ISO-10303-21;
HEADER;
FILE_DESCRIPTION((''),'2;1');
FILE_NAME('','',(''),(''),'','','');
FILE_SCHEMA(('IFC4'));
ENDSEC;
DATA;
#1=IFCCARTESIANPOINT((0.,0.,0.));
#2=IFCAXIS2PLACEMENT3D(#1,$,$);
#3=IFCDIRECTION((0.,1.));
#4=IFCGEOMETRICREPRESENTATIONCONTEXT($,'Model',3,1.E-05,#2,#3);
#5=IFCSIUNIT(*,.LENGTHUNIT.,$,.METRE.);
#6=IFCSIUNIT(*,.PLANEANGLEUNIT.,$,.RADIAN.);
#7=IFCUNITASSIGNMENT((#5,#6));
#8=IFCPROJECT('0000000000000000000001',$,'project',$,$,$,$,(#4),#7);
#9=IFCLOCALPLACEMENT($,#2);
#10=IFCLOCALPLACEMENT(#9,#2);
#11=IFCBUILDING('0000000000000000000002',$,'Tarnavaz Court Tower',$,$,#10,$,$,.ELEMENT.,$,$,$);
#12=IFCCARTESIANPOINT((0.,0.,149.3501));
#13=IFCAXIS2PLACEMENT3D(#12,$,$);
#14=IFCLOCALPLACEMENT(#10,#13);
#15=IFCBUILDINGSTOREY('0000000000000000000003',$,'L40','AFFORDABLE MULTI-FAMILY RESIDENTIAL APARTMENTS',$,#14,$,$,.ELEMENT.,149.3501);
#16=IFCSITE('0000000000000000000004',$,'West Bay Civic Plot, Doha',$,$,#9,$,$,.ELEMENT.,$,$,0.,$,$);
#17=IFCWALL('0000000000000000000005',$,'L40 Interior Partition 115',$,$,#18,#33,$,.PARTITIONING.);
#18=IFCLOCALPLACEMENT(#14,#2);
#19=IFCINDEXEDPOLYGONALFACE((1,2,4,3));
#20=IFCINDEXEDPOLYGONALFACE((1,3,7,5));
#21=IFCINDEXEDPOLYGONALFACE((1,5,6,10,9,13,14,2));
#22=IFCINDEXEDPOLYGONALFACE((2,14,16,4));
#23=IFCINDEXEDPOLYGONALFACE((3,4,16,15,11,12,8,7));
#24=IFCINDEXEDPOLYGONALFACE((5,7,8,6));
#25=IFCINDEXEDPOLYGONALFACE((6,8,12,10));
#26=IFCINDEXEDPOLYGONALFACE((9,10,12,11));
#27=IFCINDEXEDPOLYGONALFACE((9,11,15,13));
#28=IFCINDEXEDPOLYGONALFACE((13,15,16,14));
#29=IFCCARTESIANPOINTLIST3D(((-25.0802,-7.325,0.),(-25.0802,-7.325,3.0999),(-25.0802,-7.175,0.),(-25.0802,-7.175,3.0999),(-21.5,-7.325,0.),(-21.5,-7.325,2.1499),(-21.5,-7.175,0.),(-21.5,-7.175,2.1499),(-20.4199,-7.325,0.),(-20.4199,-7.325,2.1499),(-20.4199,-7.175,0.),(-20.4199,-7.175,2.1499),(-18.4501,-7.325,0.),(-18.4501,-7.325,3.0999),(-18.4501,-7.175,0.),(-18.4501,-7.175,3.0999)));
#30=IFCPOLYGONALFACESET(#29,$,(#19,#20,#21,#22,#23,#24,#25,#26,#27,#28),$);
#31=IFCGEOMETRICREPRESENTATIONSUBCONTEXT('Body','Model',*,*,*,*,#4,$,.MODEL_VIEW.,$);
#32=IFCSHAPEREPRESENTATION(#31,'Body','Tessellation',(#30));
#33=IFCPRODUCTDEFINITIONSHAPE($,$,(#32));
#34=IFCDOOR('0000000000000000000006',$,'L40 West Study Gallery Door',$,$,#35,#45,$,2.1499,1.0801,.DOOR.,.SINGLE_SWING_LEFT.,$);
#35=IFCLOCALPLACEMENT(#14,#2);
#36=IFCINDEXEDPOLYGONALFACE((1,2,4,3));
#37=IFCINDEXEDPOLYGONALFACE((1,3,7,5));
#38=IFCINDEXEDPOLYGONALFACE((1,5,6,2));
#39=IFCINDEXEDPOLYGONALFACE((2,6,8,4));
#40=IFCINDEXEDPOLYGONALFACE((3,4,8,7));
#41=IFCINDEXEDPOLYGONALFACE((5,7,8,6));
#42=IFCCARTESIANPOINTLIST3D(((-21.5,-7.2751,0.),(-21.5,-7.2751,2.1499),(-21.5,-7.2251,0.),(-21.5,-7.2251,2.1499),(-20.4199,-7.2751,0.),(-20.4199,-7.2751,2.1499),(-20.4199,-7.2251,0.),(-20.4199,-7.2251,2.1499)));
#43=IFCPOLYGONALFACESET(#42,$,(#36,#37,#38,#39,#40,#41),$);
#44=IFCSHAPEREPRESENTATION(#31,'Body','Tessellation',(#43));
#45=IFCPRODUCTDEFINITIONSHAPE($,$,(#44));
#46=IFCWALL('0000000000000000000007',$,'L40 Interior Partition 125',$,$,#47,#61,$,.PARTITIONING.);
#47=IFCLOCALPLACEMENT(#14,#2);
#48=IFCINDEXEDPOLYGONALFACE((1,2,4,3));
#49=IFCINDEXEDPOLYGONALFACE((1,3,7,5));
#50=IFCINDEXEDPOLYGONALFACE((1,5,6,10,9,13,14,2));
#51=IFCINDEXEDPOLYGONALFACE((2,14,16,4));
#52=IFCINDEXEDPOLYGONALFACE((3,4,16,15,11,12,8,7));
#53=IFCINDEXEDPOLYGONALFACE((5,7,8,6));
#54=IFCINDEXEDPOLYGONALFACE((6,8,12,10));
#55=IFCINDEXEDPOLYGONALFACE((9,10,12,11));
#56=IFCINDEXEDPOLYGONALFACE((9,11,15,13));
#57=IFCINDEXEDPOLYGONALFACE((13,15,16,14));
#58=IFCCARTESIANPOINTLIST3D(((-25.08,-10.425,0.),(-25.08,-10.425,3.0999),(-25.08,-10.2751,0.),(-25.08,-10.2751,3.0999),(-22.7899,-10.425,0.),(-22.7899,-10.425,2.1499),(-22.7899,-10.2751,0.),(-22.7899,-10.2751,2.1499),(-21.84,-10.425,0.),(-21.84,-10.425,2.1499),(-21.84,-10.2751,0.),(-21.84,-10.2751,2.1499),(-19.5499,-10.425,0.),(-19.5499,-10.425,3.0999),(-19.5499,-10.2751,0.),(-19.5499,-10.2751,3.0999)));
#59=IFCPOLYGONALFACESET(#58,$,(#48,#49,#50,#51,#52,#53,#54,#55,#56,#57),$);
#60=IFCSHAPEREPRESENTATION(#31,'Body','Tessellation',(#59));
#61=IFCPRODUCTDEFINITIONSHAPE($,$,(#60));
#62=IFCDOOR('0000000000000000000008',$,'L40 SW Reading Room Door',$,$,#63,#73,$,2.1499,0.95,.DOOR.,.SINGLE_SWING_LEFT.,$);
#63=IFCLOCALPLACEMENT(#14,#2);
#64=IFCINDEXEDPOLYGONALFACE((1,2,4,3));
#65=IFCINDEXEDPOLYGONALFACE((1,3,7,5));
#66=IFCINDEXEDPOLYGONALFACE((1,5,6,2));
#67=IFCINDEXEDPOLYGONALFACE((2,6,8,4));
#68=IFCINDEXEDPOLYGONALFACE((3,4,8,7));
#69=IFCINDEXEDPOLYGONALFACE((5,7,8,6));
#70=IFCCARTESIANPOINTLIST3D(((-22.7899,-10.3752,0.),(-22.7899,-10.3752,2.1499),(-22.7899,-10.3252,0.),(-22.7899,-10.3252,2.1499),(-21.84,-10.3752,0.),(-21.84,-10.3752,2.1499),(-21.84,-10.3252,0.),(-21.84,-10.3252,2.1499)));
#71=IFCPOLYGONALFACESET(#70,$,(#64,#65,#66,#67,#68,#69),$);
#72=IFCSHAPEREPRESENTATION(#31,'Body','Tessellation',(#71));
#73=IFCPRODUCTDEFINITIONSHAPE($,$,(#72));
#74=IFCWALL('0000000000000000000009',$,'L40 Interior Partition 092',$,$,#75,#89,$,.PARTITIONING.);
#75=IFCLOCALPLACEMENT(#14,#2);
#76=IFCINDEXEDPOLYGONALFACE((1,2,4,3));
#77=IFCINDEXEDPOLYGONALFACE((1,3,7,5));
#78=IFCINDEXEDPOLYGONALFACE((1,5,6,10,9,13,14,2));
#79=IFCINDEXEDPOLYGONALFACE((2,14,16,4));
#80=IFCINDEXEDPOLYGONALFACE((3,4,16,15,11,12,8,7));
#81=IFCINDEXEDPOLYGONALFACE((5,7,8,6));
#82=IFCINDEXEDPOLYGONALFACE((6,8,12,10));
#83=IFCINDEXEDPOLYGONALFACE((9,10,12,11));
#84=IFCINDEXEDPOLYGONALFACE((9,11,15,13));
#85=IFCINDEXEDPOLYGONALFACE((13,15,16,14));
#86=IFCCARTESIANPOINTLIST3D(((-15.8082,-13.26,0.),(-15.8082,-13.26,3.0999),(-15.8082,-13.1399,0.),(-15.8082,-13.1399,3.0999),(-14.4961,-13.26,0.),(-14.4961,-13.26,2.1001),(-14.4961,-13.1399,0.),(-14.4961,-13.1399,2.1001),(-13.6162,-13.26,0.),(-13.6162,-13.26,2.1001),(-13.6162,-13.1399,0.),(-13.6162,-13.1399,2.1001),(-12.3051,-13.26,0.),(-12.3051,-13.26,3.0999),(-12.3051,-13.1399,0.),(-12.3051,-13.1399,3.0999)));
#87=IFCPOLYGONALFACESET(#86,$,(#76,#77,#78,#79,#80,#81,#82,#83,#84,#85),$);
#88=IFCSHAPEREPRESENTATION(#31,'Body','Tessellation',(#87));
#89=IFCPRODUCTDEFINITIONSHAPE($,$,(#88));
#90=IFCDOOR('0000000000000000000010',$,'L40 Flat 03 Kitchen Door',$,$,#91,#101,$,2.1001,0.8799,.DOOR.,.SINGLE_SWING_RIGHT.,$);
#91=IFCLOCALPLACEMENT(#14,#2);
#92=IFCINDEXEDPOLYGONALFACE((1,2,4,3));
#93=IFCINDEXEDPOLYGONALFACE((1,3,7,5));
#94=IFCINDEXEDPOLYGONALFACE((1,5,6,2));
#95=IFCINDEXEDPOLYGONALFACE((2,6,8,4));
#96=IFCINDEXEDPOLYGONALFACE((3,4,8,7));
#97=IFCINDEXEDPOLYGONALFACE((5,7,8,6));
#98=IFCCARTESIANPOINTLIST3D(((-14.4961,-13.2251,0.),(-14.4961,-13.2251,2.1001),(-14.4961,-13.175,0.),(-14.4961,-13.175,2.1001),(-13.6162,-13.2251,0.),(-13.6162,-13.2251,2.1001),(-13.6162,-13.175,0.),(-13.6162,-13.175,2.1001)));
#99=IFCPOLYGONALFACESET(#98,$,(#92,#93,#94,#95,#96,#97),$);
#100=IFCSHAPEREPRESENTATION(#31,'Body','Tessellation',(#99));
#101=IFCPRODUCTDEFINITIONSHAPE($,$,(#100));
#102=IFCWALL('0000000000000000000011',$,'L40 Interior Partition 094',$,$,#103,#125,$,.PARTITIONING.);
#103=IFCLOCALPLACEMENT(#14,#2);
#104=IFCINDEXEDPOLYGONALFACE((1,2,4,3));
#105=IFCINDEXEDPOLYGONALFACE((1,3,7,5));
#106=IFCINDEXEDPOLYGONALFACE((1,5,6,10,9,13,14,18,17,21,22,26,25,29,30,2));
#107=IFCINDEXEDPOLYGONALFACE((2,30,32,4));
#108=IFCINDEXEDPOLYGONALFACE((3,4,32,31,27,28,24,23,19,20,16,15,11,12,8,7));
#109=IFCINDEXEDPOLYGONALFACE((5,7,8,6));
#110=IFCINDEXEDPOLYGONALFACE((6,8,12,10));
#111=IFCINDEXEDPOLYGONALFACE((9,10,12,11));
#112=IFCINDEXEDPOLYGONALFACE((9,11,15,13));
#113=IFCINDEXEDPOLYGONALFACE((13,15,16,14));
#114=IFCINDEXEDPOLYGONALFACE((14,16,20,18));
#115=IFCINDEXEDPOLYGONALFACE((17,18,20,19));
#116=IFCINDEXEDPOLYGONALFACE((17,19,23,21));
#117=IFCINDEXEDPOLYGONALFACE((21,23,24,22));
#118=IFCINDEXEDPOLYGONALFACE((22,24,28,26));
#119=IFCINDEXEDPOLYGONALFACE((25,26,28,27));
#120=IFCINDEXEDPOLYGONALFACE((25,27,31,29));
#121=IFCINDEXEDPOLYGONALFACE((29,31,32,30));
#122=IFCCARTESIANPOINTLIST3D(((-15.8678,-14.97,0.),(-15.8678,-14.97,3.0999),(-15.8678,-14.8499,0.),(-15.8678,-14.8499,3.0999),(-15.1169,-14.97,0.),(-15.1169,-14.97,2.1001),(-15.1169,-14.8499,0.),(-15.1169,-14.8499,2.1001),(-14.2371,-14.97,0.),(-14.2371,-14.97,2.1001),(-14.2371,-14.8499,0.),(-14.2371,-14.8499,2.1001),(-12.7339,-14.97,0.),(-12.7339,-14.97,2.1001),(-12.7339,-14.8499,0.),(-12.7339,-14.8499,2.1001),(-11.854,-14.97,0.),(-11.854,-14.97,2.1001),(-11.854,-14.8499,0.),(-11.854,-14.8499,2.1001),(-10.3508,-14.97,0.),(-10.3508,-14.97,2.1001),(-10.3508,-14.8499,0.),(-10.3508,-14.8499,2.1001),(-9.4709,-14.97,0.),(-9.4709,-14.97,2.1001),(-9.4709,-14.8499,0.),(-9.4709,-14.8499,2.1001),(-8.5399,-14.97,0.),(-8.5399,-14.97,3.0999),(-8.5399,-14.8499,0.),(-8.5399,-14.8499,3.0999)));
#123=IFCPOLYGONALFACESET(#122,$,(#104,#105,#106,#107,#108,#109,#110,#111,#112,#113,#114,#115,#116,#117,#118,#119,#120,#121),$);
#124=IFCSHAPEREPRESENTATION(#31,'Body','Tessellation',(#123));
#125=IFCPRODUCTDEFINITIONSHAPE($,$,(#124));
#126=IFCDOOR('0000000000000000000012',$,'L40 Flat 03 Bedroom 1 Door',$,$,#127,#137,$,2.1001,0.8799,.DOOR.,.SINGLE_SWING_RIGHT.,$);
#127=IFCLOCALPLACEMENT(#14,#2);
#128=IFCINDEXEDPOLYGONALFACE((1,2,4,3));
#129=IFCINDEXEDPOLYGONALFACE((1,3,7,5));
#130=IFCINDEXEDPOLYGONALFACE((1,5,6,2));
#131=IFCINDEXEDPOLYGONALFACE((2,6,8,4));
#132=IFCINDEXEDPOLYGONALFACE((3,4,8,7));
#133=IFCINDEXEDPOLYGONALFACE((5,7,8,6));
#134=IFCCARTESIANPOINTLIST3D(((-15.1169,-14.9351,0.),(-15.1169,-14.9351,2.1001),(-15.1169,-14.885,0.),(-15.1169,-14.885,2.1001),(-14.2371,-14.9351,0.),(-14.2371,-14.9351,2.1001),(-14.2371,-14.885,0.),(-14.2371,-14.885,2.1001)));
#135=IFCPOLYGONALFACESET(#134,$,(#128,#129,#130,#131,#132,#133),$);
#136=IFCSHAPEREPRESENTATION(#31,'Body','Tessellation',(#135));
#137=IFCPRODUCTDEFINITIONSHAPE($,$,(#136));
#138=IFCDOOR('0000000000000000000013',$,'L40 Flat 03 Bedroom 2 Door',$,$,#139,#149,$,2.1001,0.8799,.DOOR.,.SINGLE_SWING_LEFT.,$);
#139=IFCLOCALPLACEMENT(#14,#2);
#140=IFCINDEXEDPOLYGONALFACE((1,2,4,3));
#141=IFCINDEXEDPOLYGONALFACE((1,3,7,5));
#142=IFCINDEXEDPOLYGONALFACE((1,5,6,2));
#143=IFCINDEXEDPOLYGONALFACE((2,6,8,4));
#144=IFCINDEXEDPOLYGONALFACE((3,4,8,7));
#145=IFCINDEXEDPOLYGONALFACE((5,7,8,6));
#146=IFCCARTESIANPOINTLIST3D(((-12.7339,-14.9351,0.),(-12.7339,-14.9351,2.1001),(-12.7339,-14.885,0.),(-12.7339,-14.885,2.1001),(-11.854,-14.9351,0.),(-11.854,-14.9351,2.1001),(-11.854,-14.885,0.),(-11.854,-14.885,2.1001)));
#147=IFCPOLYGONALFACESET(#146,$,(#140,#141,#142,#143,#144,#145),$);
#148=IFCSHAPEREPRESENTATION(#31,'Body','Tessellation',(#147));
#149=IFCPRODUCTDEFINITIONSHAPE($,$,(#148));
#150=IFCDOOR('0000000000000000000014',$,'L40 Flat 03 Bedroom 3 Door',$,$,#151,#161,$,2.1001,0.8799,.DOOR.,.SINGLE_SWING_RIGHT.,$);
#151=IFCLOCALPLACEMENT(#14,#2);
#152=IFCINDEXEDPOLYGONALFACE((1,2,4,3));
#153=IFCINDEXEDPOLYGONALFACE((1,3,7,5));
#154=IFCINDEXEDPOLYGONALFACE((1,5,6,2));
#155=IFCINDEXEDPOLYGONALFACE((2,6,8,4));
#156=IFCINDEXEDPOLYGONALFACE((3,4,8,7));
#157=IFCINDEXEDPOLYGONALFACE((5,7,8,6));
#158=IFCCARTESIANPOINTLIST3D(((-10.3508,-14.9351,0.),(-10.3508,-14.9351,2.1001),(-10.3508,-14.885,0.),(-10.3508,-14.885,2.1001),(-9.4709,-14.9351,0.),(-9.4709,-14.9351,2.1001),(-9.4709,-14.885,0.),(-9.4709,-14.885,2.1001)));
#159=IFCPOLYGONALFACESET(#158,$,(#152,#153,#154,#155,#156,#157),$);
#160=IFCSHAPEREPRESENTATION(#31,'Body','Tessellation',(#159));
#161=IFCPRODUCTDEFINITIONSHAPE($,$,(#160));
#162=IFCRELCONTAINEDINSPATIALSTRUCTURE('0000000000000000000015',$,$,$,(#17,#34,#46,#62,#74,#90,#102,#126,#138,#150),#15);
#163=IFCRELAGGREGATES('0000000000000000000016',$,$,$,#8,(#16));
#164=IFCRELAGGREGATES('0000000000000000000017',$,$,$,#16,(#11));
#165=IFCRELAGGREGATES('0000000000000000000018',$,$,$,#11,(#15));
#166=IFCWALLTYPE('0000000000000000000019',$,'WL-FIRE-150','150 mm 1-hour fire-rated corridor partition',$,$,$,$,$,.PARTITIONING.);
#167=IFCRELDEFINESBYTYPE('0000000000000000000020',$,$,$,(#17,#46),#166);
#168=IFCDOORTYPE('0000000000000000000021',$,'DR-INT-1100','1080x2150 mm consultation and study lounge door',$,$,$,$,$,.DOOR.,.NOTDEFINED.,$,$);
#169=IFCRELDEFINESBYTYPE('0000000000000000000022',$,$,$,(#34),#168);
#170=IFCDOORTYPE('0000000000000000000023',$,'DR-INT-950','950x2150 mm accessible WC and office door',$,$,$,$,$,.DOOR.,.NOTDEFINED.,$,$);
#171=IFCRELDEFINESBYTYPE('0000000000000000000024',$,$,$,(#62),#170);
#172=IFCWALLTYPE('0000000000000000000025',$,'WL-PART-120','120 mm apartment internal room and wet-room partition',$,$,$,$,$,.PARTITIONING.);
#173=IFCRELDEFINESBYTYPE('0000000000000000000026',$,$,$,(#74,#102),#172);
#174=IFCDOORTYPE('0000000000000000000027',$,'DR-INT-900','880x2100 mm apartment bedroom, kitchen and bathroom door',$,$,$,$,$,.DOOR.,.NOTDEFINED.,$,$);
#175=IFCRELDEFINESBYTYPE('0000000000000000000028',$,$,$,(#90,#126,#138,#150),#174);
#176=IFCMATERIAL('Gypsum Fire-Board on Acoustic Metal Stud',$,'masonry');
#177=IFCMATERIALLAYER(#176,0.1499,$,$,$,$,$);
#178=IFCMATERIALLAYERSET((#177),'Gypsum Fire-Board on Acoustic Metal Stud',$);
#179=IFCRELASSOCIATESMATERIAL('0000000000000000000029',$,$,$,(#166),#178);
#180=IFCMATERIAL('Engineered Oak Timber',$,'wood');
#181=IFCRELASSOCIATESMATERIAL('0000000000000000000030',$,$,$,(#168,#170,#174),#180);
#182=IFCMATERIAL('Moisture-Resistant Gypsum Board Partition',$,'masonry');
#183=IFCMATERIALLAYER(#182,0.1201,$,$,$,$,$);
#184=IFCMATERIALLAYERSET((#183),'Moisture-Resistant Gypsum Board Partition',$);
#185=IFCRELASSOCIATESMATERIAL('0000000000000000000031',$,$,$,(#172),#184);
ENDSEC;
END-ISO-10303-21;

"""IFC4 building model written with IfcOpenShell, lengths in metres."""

from ifc_helpers import new_model, si_unit, direction, frame, frame_2d, origin, place, context, subcontext, project, spatial, rectangle, extrude, material, layer, layer_set, type_object, element, fill, save


model = new_model("IFC4")

# Units and contexts
model_context = context("Model", 3, precision=1e-05, world=origin(), true_north=direction((0.0, 1.0)))
body_context = subcontext(model_context, "Body", "Model", "MODEL_VIEW")
ifc_project = project(units=[si_unit("LENGTHUNIT", "METRE"), si_unit("PLANEANGLEUNIT", "RADIAN")], contexts=[model_context])

# Site, building, storey
site_placement = place(None, origin())
site = spatial("IfcSite", under=ifc_project, at=site_placement, Name="West Bay Civic Plot, Doha", CompositionType="ELEMENT", RefElevation=0.0)
building_placement = place(site_placement, origin())
building = spatial("IfcBuilding", under=site, at=building_placement, Name="Tarnavaz Court Tower", CompositionType="ELEMENT")
storey_placement = place(building_placement, frame((0.0, 0.0, 149.3501)))
storey = spatial("IfcBuildingStorey", under=building, at=storey_placement, Name="L40", Description="AFFORDABLE MULTI-FAMILY RESIDENTIAL APARTMENTS", CompositionType="ELEMENT", Elevation=149.3501)

# Walls, openings, doors
ifc_material_1 = material(Name="Gypsum Fire-Board on Acoustic Metal Stud", Category="masonry")
ifc_layer_1 = layer(ifc_material_1, 0.1499)
ifc_layer_set_1 = layer_set([ifc_layer_1], Name="Gypsum Fire-Board on Acoustic Metal Stud")
wall_type_1 = type_object("IfcWallType", Name="WL-FIRE-150", Description="150 mm 1-hour fire-rated corridor partition", PredefinedType="PARTITIONING", material=ifc_layer_set_1)
wall_1_placement = place(storey_placement, frame((-25.0801, -7.25, 0.0), z_axis=(0.0, 0.0, 1.0), x_axis=(1.0, 0.0, 0.0)))
wall_1 = element("IfcWall", 1, at=wall_1_placement, inside=storey, type_object=wall_type_1, Name="L40 Interior Partition 115", PredefinedType="PARTITIONING", context=body_context, shape_type="SweptSolid", body=[
    extrude(rectangle(XDim=6.6301, YDim=0.1499, at=frame_2d((3.3149, 0.0))), origin(), (0.0, 0.0, 1.0), 3.0999),
])
opening_1_placement = place(wall_1_placement, frame((3.5801, 0.0, 0.0)))
opening_1 = element("IfcOpeningElement", 2, at=opening_1_placement, cuts=wall_1, PredefinedType="OPENING", context=body_context, shape_type="SweptSolid", body=[
    extrude(rectangle(XDim=1.0801, YDim=2.1499, at=frame_2d((0.54, 1.075))), frame((0.0, 0.085, 0.0), z_axis=(0.0, -1.0, 0.0), x_axis=(1.0, 0.0, 0.0)), (0.0, 0.0, 1.0), 0.1699),
])
ifc_material_2 = material(Name="Engineered Oak Timber", Category="wood")
door_type_1 = type_object("IfcDoorType", Name="DR-INT-1100", Description="1080x2150 mm consultation and study lounge door", OperationType="NOTDEFINED", PredefinedType="DOOR", material=ifc_material_2)
door_1_placement = place(opening_1_placement, origin())
door_1 = element("IfcDoor", 3, at=door_1_placement, inside=storey, type_object=door_type_1, Name="L40 West Study Gallery Door", OperationType="SINGLE_SWING_LEFT", OverallHeight=2.1499, OverallWidth=1.0801, PredefinedType="DOOR", context=body_context, shape_type="SweptSolid", body=[
    extrude(rectangle(XDim=1.0801, YDim=2.1499, at=frame_2d((0.54, 1.075))), frame((0.0, 0.0249, 0.0), z_axis=(0.0, -1.0, 0.0), x_axis=(1.0, 0.0, 0.0)), (0.0, 0.0, 1.0), 0.05),
])
fill(opening_1, door_1)
wall_2_placement = place(storey_placement, frame((-25.0801, -10.3501, 0.0), z_axis=(0.0, 0.0, 1.0), x_axis=(1.0, 0.0, 0.0)))
wall_2 = element("IfcWall", 4, at=wall_2_placement, inside=storey, type_object=wall_type_1, Name="L40 Interior Partition 125", PredefinedType="PARTITIONING", context=body_context, shape_type="SweptSolid", body=[
    extrude(rectangle(XDim=5.53, YDim=0.1499, at=frame_2d((2.7651, 0.0))), origin(), (0.0, 0.0, 1.0), 3.0999),
])
opening_2_placement = place(wall_2_placement, frame((2.29, 0.0, 0.0)))
opening_2 = element("IfcOpeningElement", 5, at=opening_2_placement, cuts=wall_2, PredefinedType="OPENING", context=body_context, shape_type="SweptSolid", body=[
    extrude(rectangle(XDim=0.95, YDim=2.1499, at=frame_2d((0.4751, 1.075))), frame((0.0, 0.085, 0.0), z_axis=(0.0, -1.0, 0.0), x_axis=(1.0, 0.0, 0.0)), (0.0, 0.0, 1.0), 0.1699),
])
door_type_2 = type_object("IfcDoorType", Name="DR-INT-950", Description="950x2150 mm accessible WC and office door", OperationType="NOTDEFINED", PredefinedType="DOOR", material=ifc_material_2)
door_2_placement = place(opening_2_placement, origin())
door_2 = element("IfcDoor", 6, at=door_2_placement, inside=storey, type_object=door_type_2, Name="L40 SW Reading Room Door", OperationType="SINGLE_SWING_LEFT", OverallHeight=2.1499, OverallWidth=0.95, PredefinedType="DOOR", context=body_context, shape_type="SweptSolid", body=[
    extrude(rectangle(XDim=0.95, YDim=2.1499, at=frame_2d((0.4751, 1.075))), frame((0.0, 0.0249, 0.0), z_axis=(0.0, -1.0, 0.0), x_axis=(1.0, 0.0, 0.0)), (0.0, 0.0, 1.0), 0.05),
])
fill(opening_2, door_2)
ifc_material_3 = material(Name="Moisture-Resistant Gypsum Board Partition", Category="masonry")
ifc_layer_2 = layer(ifc_material_3, 0.1201)
ifc_layer_set_2 = layer_set([ifc_layer_2], Name="Moisture-Resistant Gypsum Board Partition")
wall_type_2 = type_object("IfcWallType", Name="WL-PART-120", Description="120 mm apartment internal room and wet-room partition", PredefinedType="PARTITIONING", material=ifc_layer_set_2)
wall_3_placement = place(storey_placement, frame((-15.8081, -13.2, 0.0), z_axis=(0.0, 0.0, 1.0), x_axis=(1.0, 0.0, 0.0)))
wall_3 = element("IfcWall", 7, at=wall_3_placement, inside=storey, type_object=wall_type_2, Name="L40 Interior Partition 092", PredefinedType="PARTITIONING", context=body_context, shape_type="SweptSolid", body=[
    extrude(rectangle(XDim=3.5032, YDim=0.1201, at=frame_2d((1.7515, 0.0))), origin(), (0.0, 0.0, 1.0), 3.0999),
])
opening_3_placement = place(wall_3_placement, frame((1.312, 0.0, 0.0)))
opening_3 = element("IfcOpeningElement", 8, at=opening_3_placement, cuts=wall_3, PredefinedType="OPENING", context=body_context, shape_type="SweptSolid", body=[
    extrude(rectangle(XDim=0.8799, YDim=2.1001, at=frame_2d((0.4399, 1.05))), frame((0.0, 0.0701, 0.0), z_axis=(0.0, -1.0, 0.0), x_axis=(1.0, 0.0, 0.0)), (0.0, 0.0, 1.0), 0.1401),
])
door_type_3 = type_object("IfcDoorType", Name="DR-INT-900", Description="880x2100 mm apartment bedroom, kitchen and bathroom door", OperationType="NOTDEFINED", PredefinedType="DOOR", material=ifc_material_2)
door_3_placement = place(opening_3_placement, origin())
door_3 = element("IfcDoor", 9, at=door_3_placement, inside=storey, type_object=door_type_3, Name="L40 Flat 03 Kitchen Door", OperationType="SINGLE_SWING_RIGHT", OverallHeight=2.1001, OverallWidth=0.8799, PredefinedType="DOOR", context=body_context, shape_type="SweptSolid", body=[
    extrude(rectangle(XDim=0.8799, YDim=2.1001, at=frame_2d((0.4399, 1.05))), frame((0.0, 0.0249, 0.0), z_axis=(0.0, -1.0, 0.0), x_axis=(1.0, 0.0, 0.0)), (0.0, 0.0, 1.0), 0.05),
])
fill(opening_3, door_3)

# Wall, openings, doors
wall_4_placement = place(storey_placement, frame((-15.8679, -14.9099, 0.0), z_axis=(0.0, 0.0, 1.0), x_axis=(1.0, 0.0, 0.0)))
wall_4 = element("IfcWall", 10, at=wall_4_placement, inside=storey, type_object=wall_type_2, Name="L40 Interior Partition 094", PredefinedType="PARTITIONING", context=body_context, shape_type="SweptSolid", body=[
    extrude(rectangle(XDim=7.3279, YDim=0.1201, at=frame_2d((3.6641, 0.0))), origin(), (0.0, 0.0, 1.0), 3.0999),
])
opening_4_placement = place(wall_4_placement, frame((0.751, 0.0, 0.0)))
opening_4 = element("IfcOpeningElement", 11, at=opening_4_placement, cuts=wall_4, PredefinedType="OPENING", context=body_context, shape_type="SweptSolid", body=[
    extrude(rectangle(XDim=0.8799, YDim=2.1001, at=frame_2d((0.4399, 1.05))), frame((0.0, 0.0701, 0.0), z_axis=(0.0, -1.0, 0.0), x_axis=(1.0, 0.0, 0.0)), (0.0, 0.0, 1.0), 0.1401),
])
opening_5_placement = place(wall_4_placement, frame((3.134, 0.0, 0.0)))
opening_5 = element("IfcOpeningElement", 12, at=opening_5_placement, cuts=wall_4, PredefinedType="OPENING", context=body_context, shape_type="SweptSolid", body=[
    extrude(rectangle(XDim=0.8799, YDim=2.1001, at=frame_2d((0.4399, 1.05))), frame((0.0, 0.0701, 0.0), z_axis=(0.0, -1.0, 0.0), x_axis=(1.0, 0.0, 0.0)), (0.0, 0.0, 1.0), 0.1401),
])
opening_6_placement = place(wall_4_placement, frame((5.5171, 0.0, 0.0)))
opening_6 = element("IfcOpeningElement", 13, at=opening_6_placement, cuts=wall_4, PredefinedType="OPENING", context=body_context, shape_type="SweptSolid", body=[
    extrude(rectangle(XDim=0.8799, YDim=2.1001, at=frame_2d((0.4399, 1.05))), frame((0.0, 0.0701, 0.0), z_axis=(0.0, -1.0, 0.0), x_axis=(1.0, 0.0, 0.0)), (0.0, 0.0, 1.0), 0.1401),
])
door_4_placement = place(opening_4_placement, origin())
door_4 = element("IfcDoor", 14, at=door_4_placement, inside=storey, type_object=door_type_3, Name="L40 Flat 03 Bedroom 1 Door", OperationType="SINGLE_SWING_RIGHT", OverallHeight=2.1001, OverallWidth=0.8799, PredefinedType="DOOR", context=body_context, shape_type="SweptSolid", body=[
    extrude(rectangle(XDim=0.8799, YDim=2.1001, at=frame_2d((0.4399, 1.05))), frame((0.0, 0.0249, 0.0), z_axis=(0.0, -1.0, 0.0), x_axis=(1.0, 0.0, 0.0)), (0.0, 0.0, 1.0), 0.05),
])
fill(opening_4, door_4)
door_5_placement = place(opening_5_placement, origin())
door_5 = element("IfcDoor", 15, at=door_5_placement, inside=storey, type_object=door_type_3, Name="L40 Flat 03 Bedroom 2 Door", OperationType="SINGLE_SWING_LEFT", OverallHeight=2.1001, OverallWidth=0.8799, PredefinedType="DOOR", context=body_context, shape_type="SweptSolid", body=[
    extrude(rectangle(XDim=0.8799, YDim=2.1001, at=frame_2d((0.4399, 1.05))), frame((0.0, 0.0249, 0.0), z_axis=(0.0, -1.0, 0.0), x_axis=(1.0, 0.0, 0.0)), (0.0, 0.0, 1.0), 0.05),
])
fill(opening_5, door_5)
door_6_placement = place(opening_6_placement, origin())
door_6 = element("IfcDoor", 16, at=door_6_placement, inside=storey, type_object=door_type_3, Name="L40 Flat 03 Bedroom 3 Door", OperationType="SINGLE_SWING_RIGHT", OverallHeight=2.1001, OverallWidth=0.8799, PredefinedType="DOOR", context=body_context, shape_type="SweptSolid", body=[
    extrude(rectangle(XDim=0.8799, YDim=2.1001, at=frame_2d((0.4399, 1.05))), frame((0.0, 0.0249, 0.0), z_axis=(0.0, -1.0, 0.0), x_axis=(1.0, 0.0, 0.0)), (0.0, 0.0, 1.0), 0.05),
])
fill(opening_6, door_6)

save(model, "model.ifc")
